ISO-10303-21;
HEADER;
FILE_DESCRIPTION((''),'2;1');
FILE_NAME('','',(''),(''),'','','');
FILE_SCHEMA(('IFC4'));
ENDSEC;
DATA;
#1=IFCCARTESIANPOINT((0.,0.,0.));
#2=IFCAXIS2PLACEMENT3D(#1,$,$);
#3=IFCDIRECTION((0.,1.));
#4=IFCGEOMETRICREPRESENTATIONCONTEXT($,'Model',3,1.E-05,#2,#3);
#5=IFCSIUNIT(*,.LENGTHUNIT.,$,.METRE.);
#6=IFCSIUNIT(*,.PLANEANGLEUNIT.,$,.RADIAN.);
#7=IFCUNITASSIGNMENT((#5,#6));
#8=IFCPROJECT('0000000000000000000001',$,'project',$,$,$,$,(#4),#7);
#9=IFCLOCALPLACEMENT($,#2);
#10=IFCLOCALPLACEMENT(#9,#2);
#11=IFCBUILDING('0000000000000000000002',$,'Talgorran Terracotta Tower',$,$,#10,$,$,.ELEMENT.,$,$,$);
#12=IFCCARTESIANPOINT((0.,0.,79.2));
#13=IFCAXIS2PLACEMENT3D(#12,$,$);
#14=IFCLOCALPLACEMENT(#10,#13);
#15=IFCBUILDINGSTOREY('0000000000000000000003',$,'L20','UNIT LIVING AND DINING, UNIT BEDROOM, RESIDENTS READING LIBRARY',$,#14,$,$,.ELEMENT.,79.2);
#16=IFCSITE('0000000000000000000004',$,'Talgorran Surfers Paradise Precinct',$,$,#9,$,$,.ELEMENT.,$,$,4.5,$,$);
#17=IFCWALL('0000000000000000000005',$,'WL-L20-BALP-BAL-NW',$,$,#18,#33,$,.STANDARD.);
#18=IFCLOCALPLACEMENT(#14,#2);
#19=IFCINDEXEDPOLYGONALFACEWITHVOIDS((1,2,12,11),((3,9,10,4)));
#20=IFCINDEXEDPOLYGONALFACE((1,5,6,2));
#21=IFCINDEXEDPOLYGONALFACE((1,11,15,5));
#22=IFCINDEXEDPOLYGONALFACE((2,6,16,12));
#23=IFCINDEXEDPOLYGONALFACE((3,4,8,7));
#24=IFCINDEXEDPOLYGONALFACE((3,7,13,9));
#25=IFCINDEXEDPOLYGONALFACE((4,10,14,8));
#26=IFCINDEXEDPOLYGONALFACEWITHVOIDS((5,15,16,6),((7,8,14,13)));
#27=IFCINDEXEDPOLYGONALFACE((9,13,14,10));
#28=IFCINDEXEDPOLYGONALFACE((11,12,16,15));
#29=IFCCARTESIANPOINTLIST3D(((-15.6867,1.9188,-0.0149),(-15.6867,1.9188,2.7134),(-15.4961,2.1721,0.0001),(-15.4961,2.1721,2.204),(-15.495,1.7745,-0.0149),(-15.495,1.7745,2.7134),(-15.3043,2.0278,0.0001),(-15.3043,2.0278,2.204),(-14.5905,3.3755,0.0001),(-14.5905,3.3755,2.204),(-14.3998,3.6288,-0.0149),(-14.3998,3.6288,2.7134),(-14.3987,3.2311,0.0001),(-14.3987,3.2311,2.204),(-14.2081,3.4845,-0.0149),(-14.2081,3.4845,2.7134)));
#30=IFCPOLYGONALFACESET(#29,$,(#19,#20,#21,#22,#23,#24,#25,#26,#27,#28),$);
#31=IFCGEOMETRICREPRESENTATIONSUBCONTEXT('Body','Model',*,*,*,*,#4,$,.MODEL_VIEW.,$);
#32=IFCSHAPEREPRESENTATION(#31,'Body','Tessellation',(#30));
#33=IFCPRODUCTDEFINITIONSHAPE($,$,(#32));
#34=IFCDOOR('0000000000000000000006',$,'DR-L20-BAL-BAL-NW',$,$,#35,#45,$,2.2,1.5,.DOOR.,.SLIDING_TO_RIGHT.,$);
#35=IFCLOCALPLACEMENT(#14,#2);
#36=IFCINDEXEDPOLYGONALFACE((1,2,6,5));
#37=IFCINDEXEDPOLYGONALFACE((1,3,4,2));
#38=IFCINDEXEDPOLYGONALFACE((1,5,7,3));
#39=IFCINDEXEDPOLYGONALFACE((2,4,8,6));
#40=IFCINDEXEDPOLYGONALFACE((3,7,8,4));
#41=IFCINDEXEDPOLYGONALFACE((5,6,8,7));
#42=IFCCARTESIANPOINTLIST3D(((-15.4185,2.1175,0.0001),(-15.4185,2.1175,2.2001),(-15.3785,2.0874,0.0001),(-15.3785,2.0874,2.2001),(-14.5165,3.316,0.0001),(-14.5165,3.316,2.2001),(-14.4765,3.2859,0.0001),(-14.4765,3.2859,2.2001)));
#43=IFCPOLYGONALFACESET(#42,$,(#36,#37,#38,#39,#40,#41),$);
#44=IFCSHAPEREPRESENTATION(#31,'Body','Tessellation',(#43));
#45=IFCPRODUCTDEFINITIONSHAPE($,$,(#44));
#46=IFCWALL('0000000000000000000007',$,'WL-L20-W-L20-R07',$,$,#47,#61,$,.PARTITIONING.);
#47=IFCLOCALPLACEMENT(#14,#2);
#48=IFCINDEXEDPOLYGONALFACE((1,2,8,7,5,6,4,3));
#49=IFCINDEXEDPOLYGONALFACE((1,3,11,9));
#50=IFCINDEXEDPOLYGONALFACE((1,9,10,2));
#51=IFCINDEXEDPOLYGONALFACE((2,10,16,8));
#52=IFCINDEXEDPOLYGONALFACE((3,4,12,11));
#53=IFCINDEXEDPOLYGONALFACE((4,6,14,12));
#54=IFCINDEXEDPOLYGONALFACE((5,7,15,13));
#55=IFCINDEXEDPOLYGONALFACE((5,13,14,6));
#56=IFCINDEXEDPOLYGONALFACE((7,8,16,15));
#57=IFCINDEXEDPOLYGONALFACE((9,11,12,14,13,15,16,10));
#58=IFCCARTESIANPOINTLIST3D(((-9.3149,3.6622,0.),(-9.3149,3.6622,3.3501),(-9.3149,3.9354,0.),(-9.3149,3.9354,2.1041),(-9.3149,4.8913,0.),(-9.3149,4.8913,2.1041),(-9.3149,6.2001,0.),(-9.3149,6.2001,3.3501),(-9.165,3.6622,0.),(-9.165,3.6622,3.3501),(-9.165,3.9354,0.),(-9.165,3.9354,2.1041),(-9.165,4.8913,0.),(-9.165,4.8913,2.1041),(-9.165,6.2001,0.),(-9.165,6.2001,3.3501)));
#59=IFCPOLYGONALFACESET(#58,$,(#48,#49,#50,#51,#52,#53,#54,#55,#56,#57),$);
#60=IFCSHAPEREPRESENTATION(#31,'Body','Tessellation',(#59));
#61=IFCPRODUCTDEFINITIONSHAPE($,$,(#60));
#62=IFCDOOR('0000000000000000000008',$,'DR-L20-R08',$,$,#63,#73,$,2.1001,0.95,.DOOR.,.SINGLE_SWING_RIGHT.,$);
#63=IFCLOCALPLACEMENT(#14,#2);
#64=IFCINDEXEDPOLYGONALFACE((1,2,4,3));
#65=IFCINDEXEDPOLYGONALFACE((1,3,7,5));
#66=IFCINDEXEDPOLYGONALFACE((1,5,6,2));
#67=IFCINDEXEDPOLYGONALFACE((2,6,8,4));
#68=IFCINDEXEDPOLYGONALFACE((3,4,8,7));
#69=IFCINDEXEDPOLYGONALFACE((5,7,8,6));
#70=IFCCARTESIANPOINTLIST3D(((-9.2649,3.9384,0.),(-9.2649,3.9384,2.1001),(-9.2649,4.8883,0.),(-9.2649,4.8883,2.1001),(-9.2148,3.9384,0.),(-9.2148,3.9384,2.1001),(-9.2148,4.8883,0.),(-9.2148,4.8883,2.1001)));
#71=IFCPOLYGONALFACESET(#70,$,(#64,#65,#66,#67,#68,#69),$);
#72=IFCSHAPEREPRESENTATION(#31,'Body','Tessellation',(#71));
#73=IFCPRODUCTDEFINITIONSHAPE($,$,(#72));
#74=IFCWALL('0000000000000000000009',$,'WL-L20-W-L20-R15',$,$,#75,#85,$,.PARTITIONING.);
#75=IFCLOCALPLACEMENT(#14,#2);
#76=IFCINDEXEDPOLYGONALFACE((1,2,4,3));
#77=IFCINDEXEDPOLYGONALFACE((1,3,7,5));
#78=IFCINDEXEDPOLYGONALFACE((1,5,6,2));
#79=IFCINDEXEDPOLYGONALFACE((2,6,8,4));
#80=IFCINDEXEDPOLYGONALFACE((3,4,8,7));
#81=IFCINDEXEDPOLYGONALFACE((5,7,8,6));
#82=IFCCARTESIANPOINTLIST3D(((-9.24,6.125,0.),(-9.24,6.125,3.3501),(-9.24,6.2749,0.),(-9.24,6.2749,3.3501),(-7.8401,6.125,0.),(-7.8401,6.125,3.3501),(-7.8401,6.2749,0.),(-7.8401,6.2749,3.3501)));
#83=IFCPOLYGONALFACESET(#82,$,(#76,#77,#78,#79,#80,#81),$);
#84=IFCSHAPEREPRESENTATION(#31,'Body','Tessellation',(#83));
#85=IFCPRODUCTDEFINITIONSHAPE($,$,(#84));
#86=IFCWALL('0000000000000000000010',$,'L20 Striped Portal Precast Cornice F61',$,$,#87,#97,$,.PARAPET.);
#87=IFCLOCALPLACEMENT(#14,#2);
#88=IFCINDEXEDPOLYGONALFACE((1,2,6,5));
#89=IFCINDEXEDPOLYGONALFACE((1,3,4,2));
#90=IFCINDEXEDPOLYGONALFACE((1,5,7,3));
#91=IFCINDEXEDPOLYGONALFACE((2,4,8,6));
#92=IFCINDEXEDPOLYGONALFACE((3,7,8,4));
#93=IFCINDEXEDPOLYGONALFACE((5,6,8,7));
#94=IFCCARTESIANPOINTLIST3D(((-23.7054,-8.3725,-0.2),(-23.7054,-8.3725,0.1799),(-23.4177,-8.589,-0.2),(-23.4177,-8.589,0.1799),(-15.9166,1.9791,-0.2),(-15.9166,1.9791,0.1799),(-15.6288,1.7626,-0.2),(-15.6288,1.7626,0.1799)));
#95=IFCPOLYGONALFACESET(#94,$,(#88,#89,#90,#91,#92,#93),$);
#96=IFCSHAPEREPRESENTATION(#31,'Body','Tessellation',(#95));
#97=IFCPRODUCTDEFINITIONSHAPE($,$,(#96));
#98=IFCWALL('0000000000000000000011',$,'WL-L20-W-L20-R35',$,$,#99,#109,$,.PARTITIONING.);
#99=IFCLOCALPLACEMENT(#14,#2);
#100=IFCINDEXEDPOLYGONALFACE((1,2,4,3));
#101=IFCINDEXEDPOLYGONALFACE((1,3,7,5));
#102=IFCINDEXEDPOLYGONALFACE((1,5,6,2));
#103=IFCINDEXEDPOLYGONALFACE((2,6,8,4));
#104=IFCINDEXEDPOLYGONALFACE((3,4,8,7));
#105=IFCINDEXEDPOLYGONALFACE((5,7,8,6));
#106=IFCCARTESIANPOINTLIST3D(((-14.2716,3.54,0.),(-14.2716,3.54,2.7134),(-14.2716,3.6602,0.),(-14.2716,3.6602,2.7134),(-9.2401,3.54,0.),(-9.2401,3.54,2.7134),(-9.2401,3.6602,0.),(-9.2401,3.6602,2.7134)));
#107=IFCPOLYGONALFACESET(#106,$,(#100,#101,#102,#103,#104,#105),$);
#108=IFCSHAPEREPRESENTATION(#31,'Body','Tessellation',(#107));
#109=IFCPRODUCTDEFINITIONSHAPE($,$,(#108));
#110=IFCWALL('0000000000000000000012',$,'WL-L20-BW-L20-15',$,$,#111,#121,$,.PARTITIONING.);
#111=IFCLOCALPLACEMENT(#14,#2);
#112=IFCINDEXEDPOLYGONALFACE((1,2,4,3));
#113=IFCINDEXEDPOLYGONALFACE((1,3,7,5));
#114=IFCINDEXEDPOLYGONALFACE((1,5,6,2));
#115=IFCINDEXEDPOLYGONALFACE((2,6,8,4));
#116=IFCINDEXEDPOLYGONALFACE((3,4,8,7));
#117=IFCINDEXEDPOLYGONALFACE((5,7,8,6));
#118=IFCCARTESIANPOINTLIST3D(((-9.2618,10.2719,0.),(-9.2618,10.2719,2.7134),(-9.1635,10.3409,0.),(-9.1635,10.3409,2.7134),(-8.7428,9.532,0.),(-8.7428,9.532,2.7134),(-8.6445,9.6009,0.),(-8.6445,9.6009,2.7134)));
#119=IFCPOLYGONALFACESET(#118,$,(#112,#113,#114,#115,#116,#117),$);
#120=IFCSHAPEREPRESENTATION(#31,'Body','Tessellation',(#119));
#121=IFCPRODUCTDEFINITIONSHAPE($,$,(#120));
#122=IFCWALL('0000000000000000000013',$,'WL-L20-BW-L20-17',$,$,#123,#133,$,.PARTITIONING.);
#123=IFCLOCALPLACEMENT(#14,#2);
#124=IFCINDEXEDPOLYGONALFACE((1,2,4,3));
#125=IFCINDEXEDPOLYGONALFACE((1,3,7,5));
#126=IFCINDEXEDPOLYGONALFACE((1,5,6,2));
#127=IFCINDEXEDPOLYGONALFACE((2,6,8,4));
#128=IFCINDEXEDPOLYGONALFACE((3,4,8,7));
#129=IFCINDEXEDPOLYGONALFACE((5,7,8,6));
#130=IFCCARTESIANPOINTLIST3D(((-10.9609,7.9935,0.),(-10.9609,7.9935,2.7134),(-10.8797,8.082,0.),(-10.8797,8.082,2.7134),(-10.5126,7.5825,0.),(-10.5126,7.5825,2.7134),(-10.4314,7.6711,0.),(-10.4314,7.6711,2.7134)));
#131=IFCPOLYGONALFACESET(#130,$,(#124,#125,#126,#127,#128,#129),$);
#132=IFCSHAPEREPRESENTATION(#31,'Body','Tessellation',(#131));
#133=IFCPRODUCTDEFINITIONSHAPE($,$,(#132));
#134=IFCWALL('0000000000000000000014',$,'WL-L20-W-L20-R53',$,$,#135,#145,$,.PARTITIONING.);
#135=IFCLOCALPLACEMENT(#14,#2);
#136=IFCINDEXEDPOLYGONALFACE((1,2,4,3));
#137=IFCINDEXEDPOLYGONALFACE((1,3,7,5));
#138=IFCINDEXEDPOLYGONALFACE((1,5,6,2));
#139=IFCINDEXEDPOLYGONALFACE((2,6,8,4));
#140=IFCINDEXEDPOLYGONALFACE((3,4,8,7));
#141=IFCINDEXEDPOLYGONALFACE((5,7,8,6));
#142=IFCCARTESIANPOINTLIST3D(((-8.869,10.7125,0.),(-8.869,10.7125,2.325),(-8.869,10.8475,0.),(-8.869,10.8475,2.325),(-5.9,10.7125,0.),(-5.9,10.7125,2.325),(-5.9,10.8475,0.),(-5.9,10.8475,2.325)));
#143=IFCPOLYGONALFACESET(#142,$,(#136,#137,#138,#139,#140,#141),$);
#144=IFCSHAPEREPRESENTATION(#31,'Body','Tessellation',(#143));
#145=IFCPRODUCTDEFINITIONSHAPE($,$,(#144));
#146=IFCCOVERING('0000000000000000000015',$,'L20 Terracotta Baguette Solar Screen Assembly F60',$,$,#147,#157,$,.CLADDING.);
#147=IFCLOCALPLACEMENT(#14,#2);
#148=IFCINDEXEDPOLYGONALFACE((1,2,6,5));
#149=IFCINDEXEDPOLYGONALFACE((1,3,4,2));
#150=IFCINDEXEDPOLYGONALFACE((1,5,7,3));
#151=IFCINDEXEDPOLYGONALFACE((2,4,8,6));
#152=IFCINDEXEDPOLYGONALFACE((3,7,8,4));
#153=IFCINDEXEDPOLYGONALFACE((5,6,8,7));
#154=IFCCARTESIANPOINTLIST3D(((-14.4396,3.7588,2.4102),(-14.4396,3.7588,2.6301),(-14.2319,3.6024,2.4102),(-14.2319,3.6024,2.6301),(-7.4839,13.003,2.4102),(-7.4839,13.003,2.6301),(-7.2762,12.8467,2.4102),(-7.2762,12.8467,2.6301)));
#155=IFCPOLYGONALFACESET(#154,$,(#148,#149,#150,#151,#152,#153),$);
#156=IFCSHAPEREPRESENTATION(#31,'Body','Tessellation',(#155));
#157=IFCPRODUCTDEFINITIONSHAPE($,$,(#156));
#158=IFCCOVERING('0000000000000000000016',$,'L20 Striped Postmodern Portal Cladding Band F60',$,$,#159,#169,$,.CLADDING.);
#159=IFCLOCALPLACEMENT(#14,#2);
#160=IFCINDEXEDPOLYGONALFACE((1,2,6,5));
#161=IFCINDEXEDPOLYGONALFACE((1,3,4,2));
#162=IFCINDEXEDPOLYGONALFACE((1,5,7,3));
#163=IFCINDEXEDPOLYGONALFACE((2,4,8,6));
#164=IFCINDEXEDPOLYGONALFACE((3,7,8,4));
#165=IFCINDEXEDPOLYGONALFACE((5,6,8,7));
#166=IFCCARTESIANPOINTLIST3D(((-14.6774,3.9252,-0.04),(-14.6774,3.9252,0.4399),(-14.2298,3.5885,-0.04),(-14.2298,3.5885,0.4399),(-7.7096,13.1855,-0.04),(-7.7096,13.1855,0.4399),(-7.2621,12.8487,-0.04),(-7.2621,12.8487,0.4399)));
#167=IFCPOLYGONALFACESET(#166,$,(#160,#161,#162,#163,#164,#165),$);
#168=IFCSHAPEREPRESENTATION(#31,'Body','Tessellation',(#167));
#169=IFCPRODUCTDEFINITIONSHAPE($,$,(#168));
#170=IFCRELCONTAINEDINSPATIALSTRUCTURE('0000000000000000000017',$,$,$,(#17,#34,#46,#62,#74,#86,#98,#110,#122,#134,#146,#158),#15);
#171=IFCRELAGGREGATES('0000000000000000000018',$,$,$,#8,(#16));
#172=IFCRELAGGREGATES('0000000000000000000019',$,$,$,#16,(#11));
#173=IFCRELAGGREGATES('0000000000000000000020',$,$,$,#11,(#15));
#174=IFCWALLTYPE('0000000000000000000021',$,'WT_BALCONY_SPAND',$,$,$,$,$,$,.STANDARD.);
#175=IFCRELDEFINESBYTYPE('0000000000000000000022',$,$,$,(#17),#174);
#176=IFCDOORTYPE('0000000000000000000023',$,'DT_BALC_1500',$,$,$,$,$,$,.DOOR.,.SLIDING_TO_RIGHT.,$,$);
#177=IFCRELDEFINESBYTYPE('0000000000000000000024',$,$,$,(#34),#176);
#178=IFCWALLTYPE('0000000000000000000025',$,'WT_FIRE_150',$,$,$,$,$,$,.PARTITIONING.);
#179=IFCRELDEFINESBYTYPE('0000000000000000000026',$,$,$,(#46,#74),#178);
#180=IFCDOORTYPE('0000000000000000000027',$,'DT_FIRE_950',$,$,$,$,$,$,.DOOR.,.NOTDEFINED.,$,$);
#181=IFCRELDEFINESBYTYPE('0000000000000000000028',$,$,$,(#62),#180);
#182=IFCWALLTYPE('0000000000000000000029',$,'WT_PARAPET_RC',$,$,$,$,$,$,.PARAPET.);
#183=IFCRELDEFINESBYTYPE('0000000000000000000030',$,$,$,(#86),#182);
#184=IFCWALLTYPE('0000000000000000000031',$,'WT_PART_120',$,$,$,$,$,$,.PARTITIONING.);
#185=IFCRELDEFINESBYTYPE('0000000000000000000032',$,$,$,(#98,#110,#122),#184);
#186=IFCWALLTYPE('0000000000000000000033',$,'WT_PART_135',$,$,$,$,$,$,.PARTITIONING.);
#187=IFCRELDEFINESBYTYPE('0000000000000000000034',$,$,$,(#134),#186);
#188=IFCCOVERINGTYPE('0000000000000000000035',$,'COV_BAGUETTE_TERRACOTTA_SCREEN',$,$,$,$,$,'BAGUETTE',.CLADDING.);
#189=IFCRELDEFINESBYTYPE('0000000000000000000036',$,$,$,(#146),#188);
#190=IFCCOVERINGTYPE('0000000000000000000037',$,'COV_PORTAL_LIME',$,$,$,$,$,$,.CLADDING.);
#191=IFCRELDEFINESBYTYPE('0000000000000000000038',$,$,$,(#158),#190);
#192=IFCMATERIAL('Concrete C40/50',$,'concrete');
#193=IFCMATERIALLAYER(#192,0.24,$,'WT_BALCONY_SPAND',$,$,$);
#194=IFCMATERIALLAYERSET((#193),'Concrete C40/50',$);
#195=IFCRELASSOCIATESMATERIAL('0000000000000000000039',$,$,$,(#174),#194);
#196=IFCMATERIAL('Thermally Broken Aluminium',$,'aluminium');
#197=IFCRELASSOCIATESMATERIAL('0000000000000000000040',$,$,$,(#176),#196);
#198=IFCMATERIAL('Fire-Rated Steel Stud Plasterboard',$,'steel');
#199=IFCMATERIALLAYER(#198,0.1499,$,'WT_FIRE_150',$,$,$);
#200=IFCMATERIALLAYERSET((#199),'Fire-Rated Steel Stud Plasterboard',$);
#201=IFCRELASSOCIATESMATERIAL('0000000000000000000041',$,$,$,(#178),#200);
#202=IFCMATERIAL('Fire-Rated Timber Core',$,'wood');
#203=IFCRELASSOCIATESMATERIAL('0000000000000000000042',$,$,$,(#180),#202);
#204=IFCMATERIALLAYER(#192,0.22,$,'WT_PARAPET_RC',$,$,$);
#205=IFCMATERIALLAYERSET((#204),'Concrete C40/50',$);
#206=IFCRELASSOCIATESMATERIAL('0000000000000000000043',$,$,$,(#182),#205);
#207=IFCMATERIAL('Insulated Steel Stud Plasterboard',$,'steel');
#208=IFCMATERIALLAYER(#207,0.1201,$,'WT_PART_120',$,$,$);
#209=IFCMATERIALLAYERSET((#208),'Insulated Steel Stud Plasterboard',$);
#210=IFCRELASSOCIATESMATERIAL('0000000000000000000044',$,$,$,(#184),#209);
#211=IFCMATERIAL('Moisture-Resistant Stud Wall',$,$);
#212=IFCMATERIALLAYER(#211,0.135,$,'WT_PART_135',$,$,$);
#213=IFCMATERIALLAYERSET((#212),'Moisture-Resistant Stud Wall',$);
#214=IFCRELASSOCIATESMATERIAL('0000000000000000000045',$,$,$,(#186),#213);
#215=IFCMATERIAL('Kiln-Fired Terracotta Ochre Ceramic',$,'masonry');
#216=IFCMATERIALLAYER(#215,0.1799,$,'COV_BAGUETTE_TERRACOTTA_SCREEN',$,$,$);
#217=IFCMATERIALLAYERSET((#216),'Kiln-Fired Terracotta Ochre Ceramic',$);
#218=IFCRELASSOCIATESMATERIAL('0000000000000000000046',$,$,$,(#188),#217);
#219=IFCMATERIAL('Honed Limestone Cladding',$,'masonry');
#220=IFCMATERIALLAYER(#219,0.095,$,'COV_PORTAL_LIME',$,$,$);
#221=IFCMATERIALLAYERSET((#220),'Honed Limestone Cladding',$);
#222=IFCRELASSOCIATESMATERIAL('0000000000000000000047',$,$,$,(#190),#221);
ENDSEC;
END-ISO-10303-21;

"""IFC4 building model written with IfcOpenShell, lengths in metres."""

from ifc_helpers import new_model, si_unit, direction, frame, frame_2d, origin, origin_2d, place, context, subcontext, project, spatial, rectangle, extrude, material, layer, layer_set, type_object, element, fill, save


model = new_model("IFC4")

# Units and contexts
model_context = context("Model", 3, precision=1e-05, world=origin(), true_north=direction((0.0, 1.0)))
body_context = subcontext(model_context, "Body", "Model", "MODEL_VIEW")
ifc_project = project(units=[si_unit("LENGTHUNIT", "METRE"), si_unit("PLANEANGLEUNIT", "RADIAN")], contexts=[model_context])

# Site, building, storey
site_placement = place(None, origin())
site = spatial("IfcSite", under=ifc_project, at=site_placement, Name="Talgorran Surfers Paradise Precinct", CompositionType="ELEMENT", RefElevation=4.5)
building_placement = place(site_placement, origin())
building = spatial("IfcBuilding", under=site, at=building_placement, Name="Talgorran Terracotta Tower", CompositionType="ELEMENT")
storey_placement = place(building_placement, frame((0.0, 0.0, 79.2)))
storey = spatial("IfcBuildingStorey", under=building, at=storey_placement, Name="L20", Description="UNIT LIVING AND DINING, UNIT BEDROOM, RESIDENTS READING LIBRARY", CompositionType="ELEMENT", Elevation=79.2)

# Walls, openings, doors
ifc_material_1 = material(Name="Concrete C40/50", Category="concrete")
ifc_layer_1 = layer(ifc_material_1, 0.24, Name="WT_BALCONY_SPAND")
ifc_layer_set_1 = layer_set([ifc_layer_1], Name="Concrete C40/50")
wall_type_1 = type_object("IfcWallType", Name="WT_BALCONY_SPAND", PredefinedType="STANDARD", material=ifc_layer_set_1)
wall_1_placement = place(storey_placement, frame((-14.304, 3.5566, -0.0149), z_axis=(0.0, 0.0, 1.0), x_axis=(-0.601313, -0.799013, 0.0)))
wall_1 = element("IfcWall", 1, at=wall_1_placement, inside=storey, type_object=wall_type_1, Name="WL-L20-BALP-BAL-NW", PredefinedType="STANDARD", context=body_context, shape_type="SweptSolid", body=[
    extrude(rectangle(XDim=2.1401, YDim=0.24, at=frame_2d((1.0701, 0.0))), origin(), (0.0, 0.0, 1.0), 2.7283),
])
opening_1_placement = place(wall_1_placement, frame((0.3201, 0.0, 0.0149)))
opening_1 = element("IfcOpeningElement", 2, at=opening_1_placement, cuts=wall_1, PredefinedType="OPENING", context=body_context, shape_type="SweptSolid", body=[
    extrude(rectangle(XDim=1.506, YDim=2.204, at=frame_2d((0.75, 1.1021))), frame((0.0, 0.1299, 0.0), z_axis=(0.0, -1.0, 0.0), x_axis=(1.0, 0.0, 0.0)), (0.0, 0.0, 1.0), 0.26),
])
ifc_material_2 = material(Name="Thermally Broken Aluminium", Category="aluminium")
door_type_1 = type_object("IfcDoorType", Name="DT_BALC_1500", OperationType="SLIDING_TO_RIGHT", PredefinedType="DOOR", material=ifc_material_2)
door_1_placement = place(opening_1_placement, origin())
door_1 = element("IfcDoor", 3, at=door_1_placement, inside=storey, type_object=door_type_1, Name="DR-L20-BAL-BAL-NW", OperationType="SLIDING_TO_RIGHT", OverallHeight=2.2, OverallWidth=1.5, PredefinedType="DOOR", context=body_context, shape_type="SweptSolid", body=[
    extrude(rectangle(XDim=1.5, YDim=2.2, at=frame_2d((0.75, 1.1001))), frame((0.0, 0.0249, 0.0), z_axis=(0.0, -1.0, 0.0), x_axis=(1.0, 0.0, 0.0)), (0.0, 0.0, 1.0), 0.05),
])
fill(opening_1, door_1)
ifc_material_3 = material(Name="Fire-Rated Steel Stud Plasterboard", Category="steel")
ifc_layer_2 = layer(ifc_material_3, 0.1499, Name="WT_FIRE_150")
ifc_layer_set_2 = layer_set([ifc_layer_2], Name="Fire-Rated Steel Stud Plasterboard")
wall_type_2 = type_object("IfcWallType", Name="WT_FIRE_150", PredefinedType="PARTITIONING", material=ifc_layer_set_2)
wall_2_placement = place(storey_placement, frame((-9.24, 3.6621, 0.0), z_axis=(0.0, 0.0, 1.0), x_axis=(0.0, 1.0, 0.0)))
wall_2 = element("IfcWall", 4, at=wall_2_placement, inside=storey, type_object=wall_type_2, Name="WL-L20-W-L20-R07", PredefinedType="PARTITIONING", context=body_context, shape_type="SweptSolid", body=[
    extrude(rectangle(XDim=2.5378, YDim=0.1499, at=frame_2d((1.269, 0.0))), origin(), (0.0, 0.0, 1.0), 3.3501),
])
opening_2_placement = place(wall_2_placement, frame((0.2761, 0.0, 0.0)))
opening_2 = element("IfcOpeningElement", 5, at=opening_2_placement, cuts=wall_2, PredefinedType="OPENING", context=body_context, shape_type="SweptSolid", body=[
    extrude(rectangle(XDim=0.956, YDim=2.1041, at=frame_2d((0.4751, 1.052))), frame((0.0, 0.085, 0.0), z_axis=(0.0, -1.0, 0.0), x_axis=(1.0, 0.0, 0.0)), (0.0, 0.0, 1.0), 0.1699),
])
ifc_material_4 = material(Name="Fire-Rated Timber Core", Category="wood")
door_type_2 = type_object("IfcDoorType", Name="DT_FIRE_950", OperationType="NOTDEFINED", PredefinedType="DOOR", material=ifc_material_4)
door_2_placement = place(opening_2_placement, origin())
door_2 = element("IfcDoor", 6, at=door_2_placement, inside=storey, type_object=door_type_2, Name="DR-L20-R08", OperationType="SINGLE_SWING_RIGHT", OverallHeight=2.1001, OverallWidth=0.95, PredefinedType="DOOR", context=body_context, shape_type="SweptSolid", body=[
    extrude(rectangle(XDim=0.95, YDim=2.1001, at=frame_2d((0.4751, 1.05))), frame((0.0, 0.0249, 0.0), z_axis=(0.0, -1.0, 0.0), x_axis=(1.0, 0.0, 0.0)), (0.0, 0.0, 1.0), 0.05),
])
fill(opening_2, door_2)

# Walls
wall_3_placement = place(storey_placement, frame((-9.24, 6.2, 0.0), z_axis=(0.0, 0.0, 1.0), x_axis=(1.0, 0.0, 0.0)))
element("IfcWall", 7, at=wall_3_placement, inside=storey, type_object=wall_type_2, Name="WL-L20-W-L20-R15", PredefinedType="PARTITIONING", context=body_context, shape_type="SweptSolid", body=[
    extrude(rectangle(XDim=1.3999, YDim=0.1499, at=frame_2d((0.7, 0.0))), origin(), (0.0, 0.0, 1.0), 3.3501),
])
ifc_layer_3 = layer(ifc_material_1, 0.22, Name="WT_PARAPET_RC")
ifc_layer_set_3 = layer_set([ifc_layer_3], Name="Concrete C40/50")
wall_type_3 = type_object("IfcWallType", Name="WT_PARAPET_RC", PredefinedType="PARAPET", material=ifc_layer_set_3)
wall_4_placement = place(storey_placement, frame((-15.7727, 1.8708, -0.2), z_axis=(0.0, 0.0, 1.0), x_axis=(-0.601242, -0.799067, 0.0)))
element("IfcWall", 8, at=wall_4_placement, inside=storey, type_object=wall_type_3, Name="L20 Striped Portal Precast Cornice F61", PredefinedType="PARAPET", context=body_context, shape_type="SweptSolid", body=[
    extrude(rectangle(XDim=12.9546, YDim=0.3601, at=frame_2d((6.4773, 0.0))), origin(), (0.0, 0.0, 1.0), 0.3799),
])
ifc_material_5 = material(Name="Insulated Steel Stud Plasterboard", Category="steel")
ifc_layer_4 = layer(ifc_material_5, 0.1201, Name="WT_PART_120")
ifc_layer_set_4 = layer_set([ifc_layer_4], Name="Insulated Steel Stud Plasterboard")
wall_type_4 = type_object("IfcWallType", Name="WT_PART_120", PredefinedType="PARTITIONING", material=ifc_layer_set_4)
wall_5_placement = place(storey_placement, frame((-14.2715, 3.6001, 0.0), z_axis=(0.0, 0.0, 1.0), x_axis=(1.0, 0.0, 0.0)))
element("IfcWall", 9, at=wall_5_placement, inside=storey, type_object=wall_type_4, Name="WL-L20-W-L20-R35", PredefinedType="PARTITIONING", context=body_context, shape_type="SweptSolid", body=[
    extrude(rectangle(XDim=5.0315, YDim=0.1201, at=frame_2d((2.5156, 0.0))), origin(), (0.0, 0.0, 1.0), 2.7134),
])
wall_6_placement = place(storey_placement, frame((-9.2126, 10.3064, 0.0), z_axis=(0.0, 0.0, 1.0), x_axis=(0.574242, -0.818686, 0.0)))
element("IfcWall", 10, at=wall_6_placement, inside=storey, type_object=wall_type_4, Name="WL-L20-BW-L20-15", PredefinedType="PARTITIONING", context=body_context, shape_type="SweptSolid", body=[
    extrude(rectangle(XDim=0.9038, YDim=0.1201, at=frame_2d((0.4519, 0.0))), origin(), (0.0, 0.0, 1.0), 2.7134),
])
wall_7_placement = place(storey_placement, frame((-10.4719, 7.6267, 0.0), z_axis=(0.0, 0.0, 1.0), x_axis=(-0.737154, 0.675725, 0.0)))
element("IfcWall", 11, at=wall_7_placement, inside=storey, type_object=wall_type_4, Name="WL-L20-BW-L20-17", PredefinedType="PARTITIONING", context=body_context, shape_type="SweptSolid", body=[
    extrude(rectangle(XDim=0.6082, YDim=0.1201, at=frame_2d((0.3042, 0.0))), origin(), (0.0, 0.0, 1.0), 2.7134),
])
ifc_material_6 = material(Name="Moisture-Resistant Stud Wall")
ifc_layer_5 = layer(ifc_material_6, 0.135, Name="WT_PART_135")
ifc_layer_set_5 = layer_set([ifc_layer_5], Name="Moisture-Resistant Stud Wall")
wall_type_5 = type_object("IfcWallType", Name="WT_PART_135", PredefinedType="PARTITIONING", material=ifc_layer_set_5)
wall_8_placement = place(storey_placement, frame((-8.8689, 10.78, 0.0), z_axis=(0.0, 0.0, 1.0), x_axis=(1.0, 0.0, 0.0)))
element("IfcWall", 12, at=wall_8_placement, inside=storey, type_object=wall_type_5, Name="WL-L20-W-L20-R53", PredefinedType="PARTITIONING", context=body_context, shape_type="SweptSolid", body=[
    extrude(rectangle(XDim=2.969, YDim=0.135, at=frame_2d((1.4844, 0.0))), origin(), (0.0, 0.0, 1.0), 2.325),
])

# Coverings
ifc_material_7 = material(Name="Kiln-Fired Terracotta Ochre Ceramic", Category="masonry")
ifc_layer_6 = layer(ifc_material_7, 0.1799, Name="COV_BAGUETTE_TERRACOTTA_SCREEN")
ifc_layer_set_6 = layer_set([ifc_layer_6], Name="Kiln-Fired Terracotta Ochre Ceramic")
covering_type_1 = type_object("IfcCoveringType", Name="COV_BAGUETTE_TERRACOTTA_SCREEN", ElementType="BAGUETTE", PredefinedType="CLADDING", material=ifc_layer_set_6)
covering_1_placement = place(storey_placement, frame((-10.8579, 8.3027, 2.4102), z_axis=(0.0, 0.0, 1.0), x_axis=(-0.601243, -0.799066, 0.0)))
element("IfcCovering", 13, at=covering_1_placement, inside=storey, type_object=covering_type_1, Name="L20 Terracotta Baguette Solar Screen Assembly F60", PredefinedType="CLADDING", context=body_context, shape_type="SweptSolid", body=[
    extrude(rectangle(XDim=11.5688, YDim=0.26, at=origin_2d()), origin(), (0.0, 0.0, 1.0), 0.22),
])
ifc_material_8 = material(Name="Honed Limestone Cladding", Category="masonry")
ifc_layer_7 = layer(ifc_material_8, 0.095, Name="COV_PORTAL_LIME")
ifc_layer_set_7 = layer_set([ifc_layer_7], Name="Honed Limestone Cladding")
covering_type_2 = type_object("IfcCoveringType", Name="COV_PORTAL_LIME", PredefinedType="CLADDING", material=ifc_layer_set_7)
covering_2_placement = place(storey_placement, frame((-10.9697, 8.387, -0.04), z_axis=(0.0, 0.0, 1.0), x_axis=(-0.601243, -0.799066, 0.0)))
element("IfcCovering", 14, at=covering_2_placement, inside=storey, type_object=covering_type_2, Name="L20 Striped Postmodern Portal Cladding Band F60", PredefinedType="CLADDING", context=body_context, shape_type="SweptSolid", body=[
    extrude(rectangle(XDim=11.5889, YDim=0.5601, at=origin_2d()), origin(), (0.0, 0.0, 1.0), 0.48),
])

save(model, "model.ifc")
